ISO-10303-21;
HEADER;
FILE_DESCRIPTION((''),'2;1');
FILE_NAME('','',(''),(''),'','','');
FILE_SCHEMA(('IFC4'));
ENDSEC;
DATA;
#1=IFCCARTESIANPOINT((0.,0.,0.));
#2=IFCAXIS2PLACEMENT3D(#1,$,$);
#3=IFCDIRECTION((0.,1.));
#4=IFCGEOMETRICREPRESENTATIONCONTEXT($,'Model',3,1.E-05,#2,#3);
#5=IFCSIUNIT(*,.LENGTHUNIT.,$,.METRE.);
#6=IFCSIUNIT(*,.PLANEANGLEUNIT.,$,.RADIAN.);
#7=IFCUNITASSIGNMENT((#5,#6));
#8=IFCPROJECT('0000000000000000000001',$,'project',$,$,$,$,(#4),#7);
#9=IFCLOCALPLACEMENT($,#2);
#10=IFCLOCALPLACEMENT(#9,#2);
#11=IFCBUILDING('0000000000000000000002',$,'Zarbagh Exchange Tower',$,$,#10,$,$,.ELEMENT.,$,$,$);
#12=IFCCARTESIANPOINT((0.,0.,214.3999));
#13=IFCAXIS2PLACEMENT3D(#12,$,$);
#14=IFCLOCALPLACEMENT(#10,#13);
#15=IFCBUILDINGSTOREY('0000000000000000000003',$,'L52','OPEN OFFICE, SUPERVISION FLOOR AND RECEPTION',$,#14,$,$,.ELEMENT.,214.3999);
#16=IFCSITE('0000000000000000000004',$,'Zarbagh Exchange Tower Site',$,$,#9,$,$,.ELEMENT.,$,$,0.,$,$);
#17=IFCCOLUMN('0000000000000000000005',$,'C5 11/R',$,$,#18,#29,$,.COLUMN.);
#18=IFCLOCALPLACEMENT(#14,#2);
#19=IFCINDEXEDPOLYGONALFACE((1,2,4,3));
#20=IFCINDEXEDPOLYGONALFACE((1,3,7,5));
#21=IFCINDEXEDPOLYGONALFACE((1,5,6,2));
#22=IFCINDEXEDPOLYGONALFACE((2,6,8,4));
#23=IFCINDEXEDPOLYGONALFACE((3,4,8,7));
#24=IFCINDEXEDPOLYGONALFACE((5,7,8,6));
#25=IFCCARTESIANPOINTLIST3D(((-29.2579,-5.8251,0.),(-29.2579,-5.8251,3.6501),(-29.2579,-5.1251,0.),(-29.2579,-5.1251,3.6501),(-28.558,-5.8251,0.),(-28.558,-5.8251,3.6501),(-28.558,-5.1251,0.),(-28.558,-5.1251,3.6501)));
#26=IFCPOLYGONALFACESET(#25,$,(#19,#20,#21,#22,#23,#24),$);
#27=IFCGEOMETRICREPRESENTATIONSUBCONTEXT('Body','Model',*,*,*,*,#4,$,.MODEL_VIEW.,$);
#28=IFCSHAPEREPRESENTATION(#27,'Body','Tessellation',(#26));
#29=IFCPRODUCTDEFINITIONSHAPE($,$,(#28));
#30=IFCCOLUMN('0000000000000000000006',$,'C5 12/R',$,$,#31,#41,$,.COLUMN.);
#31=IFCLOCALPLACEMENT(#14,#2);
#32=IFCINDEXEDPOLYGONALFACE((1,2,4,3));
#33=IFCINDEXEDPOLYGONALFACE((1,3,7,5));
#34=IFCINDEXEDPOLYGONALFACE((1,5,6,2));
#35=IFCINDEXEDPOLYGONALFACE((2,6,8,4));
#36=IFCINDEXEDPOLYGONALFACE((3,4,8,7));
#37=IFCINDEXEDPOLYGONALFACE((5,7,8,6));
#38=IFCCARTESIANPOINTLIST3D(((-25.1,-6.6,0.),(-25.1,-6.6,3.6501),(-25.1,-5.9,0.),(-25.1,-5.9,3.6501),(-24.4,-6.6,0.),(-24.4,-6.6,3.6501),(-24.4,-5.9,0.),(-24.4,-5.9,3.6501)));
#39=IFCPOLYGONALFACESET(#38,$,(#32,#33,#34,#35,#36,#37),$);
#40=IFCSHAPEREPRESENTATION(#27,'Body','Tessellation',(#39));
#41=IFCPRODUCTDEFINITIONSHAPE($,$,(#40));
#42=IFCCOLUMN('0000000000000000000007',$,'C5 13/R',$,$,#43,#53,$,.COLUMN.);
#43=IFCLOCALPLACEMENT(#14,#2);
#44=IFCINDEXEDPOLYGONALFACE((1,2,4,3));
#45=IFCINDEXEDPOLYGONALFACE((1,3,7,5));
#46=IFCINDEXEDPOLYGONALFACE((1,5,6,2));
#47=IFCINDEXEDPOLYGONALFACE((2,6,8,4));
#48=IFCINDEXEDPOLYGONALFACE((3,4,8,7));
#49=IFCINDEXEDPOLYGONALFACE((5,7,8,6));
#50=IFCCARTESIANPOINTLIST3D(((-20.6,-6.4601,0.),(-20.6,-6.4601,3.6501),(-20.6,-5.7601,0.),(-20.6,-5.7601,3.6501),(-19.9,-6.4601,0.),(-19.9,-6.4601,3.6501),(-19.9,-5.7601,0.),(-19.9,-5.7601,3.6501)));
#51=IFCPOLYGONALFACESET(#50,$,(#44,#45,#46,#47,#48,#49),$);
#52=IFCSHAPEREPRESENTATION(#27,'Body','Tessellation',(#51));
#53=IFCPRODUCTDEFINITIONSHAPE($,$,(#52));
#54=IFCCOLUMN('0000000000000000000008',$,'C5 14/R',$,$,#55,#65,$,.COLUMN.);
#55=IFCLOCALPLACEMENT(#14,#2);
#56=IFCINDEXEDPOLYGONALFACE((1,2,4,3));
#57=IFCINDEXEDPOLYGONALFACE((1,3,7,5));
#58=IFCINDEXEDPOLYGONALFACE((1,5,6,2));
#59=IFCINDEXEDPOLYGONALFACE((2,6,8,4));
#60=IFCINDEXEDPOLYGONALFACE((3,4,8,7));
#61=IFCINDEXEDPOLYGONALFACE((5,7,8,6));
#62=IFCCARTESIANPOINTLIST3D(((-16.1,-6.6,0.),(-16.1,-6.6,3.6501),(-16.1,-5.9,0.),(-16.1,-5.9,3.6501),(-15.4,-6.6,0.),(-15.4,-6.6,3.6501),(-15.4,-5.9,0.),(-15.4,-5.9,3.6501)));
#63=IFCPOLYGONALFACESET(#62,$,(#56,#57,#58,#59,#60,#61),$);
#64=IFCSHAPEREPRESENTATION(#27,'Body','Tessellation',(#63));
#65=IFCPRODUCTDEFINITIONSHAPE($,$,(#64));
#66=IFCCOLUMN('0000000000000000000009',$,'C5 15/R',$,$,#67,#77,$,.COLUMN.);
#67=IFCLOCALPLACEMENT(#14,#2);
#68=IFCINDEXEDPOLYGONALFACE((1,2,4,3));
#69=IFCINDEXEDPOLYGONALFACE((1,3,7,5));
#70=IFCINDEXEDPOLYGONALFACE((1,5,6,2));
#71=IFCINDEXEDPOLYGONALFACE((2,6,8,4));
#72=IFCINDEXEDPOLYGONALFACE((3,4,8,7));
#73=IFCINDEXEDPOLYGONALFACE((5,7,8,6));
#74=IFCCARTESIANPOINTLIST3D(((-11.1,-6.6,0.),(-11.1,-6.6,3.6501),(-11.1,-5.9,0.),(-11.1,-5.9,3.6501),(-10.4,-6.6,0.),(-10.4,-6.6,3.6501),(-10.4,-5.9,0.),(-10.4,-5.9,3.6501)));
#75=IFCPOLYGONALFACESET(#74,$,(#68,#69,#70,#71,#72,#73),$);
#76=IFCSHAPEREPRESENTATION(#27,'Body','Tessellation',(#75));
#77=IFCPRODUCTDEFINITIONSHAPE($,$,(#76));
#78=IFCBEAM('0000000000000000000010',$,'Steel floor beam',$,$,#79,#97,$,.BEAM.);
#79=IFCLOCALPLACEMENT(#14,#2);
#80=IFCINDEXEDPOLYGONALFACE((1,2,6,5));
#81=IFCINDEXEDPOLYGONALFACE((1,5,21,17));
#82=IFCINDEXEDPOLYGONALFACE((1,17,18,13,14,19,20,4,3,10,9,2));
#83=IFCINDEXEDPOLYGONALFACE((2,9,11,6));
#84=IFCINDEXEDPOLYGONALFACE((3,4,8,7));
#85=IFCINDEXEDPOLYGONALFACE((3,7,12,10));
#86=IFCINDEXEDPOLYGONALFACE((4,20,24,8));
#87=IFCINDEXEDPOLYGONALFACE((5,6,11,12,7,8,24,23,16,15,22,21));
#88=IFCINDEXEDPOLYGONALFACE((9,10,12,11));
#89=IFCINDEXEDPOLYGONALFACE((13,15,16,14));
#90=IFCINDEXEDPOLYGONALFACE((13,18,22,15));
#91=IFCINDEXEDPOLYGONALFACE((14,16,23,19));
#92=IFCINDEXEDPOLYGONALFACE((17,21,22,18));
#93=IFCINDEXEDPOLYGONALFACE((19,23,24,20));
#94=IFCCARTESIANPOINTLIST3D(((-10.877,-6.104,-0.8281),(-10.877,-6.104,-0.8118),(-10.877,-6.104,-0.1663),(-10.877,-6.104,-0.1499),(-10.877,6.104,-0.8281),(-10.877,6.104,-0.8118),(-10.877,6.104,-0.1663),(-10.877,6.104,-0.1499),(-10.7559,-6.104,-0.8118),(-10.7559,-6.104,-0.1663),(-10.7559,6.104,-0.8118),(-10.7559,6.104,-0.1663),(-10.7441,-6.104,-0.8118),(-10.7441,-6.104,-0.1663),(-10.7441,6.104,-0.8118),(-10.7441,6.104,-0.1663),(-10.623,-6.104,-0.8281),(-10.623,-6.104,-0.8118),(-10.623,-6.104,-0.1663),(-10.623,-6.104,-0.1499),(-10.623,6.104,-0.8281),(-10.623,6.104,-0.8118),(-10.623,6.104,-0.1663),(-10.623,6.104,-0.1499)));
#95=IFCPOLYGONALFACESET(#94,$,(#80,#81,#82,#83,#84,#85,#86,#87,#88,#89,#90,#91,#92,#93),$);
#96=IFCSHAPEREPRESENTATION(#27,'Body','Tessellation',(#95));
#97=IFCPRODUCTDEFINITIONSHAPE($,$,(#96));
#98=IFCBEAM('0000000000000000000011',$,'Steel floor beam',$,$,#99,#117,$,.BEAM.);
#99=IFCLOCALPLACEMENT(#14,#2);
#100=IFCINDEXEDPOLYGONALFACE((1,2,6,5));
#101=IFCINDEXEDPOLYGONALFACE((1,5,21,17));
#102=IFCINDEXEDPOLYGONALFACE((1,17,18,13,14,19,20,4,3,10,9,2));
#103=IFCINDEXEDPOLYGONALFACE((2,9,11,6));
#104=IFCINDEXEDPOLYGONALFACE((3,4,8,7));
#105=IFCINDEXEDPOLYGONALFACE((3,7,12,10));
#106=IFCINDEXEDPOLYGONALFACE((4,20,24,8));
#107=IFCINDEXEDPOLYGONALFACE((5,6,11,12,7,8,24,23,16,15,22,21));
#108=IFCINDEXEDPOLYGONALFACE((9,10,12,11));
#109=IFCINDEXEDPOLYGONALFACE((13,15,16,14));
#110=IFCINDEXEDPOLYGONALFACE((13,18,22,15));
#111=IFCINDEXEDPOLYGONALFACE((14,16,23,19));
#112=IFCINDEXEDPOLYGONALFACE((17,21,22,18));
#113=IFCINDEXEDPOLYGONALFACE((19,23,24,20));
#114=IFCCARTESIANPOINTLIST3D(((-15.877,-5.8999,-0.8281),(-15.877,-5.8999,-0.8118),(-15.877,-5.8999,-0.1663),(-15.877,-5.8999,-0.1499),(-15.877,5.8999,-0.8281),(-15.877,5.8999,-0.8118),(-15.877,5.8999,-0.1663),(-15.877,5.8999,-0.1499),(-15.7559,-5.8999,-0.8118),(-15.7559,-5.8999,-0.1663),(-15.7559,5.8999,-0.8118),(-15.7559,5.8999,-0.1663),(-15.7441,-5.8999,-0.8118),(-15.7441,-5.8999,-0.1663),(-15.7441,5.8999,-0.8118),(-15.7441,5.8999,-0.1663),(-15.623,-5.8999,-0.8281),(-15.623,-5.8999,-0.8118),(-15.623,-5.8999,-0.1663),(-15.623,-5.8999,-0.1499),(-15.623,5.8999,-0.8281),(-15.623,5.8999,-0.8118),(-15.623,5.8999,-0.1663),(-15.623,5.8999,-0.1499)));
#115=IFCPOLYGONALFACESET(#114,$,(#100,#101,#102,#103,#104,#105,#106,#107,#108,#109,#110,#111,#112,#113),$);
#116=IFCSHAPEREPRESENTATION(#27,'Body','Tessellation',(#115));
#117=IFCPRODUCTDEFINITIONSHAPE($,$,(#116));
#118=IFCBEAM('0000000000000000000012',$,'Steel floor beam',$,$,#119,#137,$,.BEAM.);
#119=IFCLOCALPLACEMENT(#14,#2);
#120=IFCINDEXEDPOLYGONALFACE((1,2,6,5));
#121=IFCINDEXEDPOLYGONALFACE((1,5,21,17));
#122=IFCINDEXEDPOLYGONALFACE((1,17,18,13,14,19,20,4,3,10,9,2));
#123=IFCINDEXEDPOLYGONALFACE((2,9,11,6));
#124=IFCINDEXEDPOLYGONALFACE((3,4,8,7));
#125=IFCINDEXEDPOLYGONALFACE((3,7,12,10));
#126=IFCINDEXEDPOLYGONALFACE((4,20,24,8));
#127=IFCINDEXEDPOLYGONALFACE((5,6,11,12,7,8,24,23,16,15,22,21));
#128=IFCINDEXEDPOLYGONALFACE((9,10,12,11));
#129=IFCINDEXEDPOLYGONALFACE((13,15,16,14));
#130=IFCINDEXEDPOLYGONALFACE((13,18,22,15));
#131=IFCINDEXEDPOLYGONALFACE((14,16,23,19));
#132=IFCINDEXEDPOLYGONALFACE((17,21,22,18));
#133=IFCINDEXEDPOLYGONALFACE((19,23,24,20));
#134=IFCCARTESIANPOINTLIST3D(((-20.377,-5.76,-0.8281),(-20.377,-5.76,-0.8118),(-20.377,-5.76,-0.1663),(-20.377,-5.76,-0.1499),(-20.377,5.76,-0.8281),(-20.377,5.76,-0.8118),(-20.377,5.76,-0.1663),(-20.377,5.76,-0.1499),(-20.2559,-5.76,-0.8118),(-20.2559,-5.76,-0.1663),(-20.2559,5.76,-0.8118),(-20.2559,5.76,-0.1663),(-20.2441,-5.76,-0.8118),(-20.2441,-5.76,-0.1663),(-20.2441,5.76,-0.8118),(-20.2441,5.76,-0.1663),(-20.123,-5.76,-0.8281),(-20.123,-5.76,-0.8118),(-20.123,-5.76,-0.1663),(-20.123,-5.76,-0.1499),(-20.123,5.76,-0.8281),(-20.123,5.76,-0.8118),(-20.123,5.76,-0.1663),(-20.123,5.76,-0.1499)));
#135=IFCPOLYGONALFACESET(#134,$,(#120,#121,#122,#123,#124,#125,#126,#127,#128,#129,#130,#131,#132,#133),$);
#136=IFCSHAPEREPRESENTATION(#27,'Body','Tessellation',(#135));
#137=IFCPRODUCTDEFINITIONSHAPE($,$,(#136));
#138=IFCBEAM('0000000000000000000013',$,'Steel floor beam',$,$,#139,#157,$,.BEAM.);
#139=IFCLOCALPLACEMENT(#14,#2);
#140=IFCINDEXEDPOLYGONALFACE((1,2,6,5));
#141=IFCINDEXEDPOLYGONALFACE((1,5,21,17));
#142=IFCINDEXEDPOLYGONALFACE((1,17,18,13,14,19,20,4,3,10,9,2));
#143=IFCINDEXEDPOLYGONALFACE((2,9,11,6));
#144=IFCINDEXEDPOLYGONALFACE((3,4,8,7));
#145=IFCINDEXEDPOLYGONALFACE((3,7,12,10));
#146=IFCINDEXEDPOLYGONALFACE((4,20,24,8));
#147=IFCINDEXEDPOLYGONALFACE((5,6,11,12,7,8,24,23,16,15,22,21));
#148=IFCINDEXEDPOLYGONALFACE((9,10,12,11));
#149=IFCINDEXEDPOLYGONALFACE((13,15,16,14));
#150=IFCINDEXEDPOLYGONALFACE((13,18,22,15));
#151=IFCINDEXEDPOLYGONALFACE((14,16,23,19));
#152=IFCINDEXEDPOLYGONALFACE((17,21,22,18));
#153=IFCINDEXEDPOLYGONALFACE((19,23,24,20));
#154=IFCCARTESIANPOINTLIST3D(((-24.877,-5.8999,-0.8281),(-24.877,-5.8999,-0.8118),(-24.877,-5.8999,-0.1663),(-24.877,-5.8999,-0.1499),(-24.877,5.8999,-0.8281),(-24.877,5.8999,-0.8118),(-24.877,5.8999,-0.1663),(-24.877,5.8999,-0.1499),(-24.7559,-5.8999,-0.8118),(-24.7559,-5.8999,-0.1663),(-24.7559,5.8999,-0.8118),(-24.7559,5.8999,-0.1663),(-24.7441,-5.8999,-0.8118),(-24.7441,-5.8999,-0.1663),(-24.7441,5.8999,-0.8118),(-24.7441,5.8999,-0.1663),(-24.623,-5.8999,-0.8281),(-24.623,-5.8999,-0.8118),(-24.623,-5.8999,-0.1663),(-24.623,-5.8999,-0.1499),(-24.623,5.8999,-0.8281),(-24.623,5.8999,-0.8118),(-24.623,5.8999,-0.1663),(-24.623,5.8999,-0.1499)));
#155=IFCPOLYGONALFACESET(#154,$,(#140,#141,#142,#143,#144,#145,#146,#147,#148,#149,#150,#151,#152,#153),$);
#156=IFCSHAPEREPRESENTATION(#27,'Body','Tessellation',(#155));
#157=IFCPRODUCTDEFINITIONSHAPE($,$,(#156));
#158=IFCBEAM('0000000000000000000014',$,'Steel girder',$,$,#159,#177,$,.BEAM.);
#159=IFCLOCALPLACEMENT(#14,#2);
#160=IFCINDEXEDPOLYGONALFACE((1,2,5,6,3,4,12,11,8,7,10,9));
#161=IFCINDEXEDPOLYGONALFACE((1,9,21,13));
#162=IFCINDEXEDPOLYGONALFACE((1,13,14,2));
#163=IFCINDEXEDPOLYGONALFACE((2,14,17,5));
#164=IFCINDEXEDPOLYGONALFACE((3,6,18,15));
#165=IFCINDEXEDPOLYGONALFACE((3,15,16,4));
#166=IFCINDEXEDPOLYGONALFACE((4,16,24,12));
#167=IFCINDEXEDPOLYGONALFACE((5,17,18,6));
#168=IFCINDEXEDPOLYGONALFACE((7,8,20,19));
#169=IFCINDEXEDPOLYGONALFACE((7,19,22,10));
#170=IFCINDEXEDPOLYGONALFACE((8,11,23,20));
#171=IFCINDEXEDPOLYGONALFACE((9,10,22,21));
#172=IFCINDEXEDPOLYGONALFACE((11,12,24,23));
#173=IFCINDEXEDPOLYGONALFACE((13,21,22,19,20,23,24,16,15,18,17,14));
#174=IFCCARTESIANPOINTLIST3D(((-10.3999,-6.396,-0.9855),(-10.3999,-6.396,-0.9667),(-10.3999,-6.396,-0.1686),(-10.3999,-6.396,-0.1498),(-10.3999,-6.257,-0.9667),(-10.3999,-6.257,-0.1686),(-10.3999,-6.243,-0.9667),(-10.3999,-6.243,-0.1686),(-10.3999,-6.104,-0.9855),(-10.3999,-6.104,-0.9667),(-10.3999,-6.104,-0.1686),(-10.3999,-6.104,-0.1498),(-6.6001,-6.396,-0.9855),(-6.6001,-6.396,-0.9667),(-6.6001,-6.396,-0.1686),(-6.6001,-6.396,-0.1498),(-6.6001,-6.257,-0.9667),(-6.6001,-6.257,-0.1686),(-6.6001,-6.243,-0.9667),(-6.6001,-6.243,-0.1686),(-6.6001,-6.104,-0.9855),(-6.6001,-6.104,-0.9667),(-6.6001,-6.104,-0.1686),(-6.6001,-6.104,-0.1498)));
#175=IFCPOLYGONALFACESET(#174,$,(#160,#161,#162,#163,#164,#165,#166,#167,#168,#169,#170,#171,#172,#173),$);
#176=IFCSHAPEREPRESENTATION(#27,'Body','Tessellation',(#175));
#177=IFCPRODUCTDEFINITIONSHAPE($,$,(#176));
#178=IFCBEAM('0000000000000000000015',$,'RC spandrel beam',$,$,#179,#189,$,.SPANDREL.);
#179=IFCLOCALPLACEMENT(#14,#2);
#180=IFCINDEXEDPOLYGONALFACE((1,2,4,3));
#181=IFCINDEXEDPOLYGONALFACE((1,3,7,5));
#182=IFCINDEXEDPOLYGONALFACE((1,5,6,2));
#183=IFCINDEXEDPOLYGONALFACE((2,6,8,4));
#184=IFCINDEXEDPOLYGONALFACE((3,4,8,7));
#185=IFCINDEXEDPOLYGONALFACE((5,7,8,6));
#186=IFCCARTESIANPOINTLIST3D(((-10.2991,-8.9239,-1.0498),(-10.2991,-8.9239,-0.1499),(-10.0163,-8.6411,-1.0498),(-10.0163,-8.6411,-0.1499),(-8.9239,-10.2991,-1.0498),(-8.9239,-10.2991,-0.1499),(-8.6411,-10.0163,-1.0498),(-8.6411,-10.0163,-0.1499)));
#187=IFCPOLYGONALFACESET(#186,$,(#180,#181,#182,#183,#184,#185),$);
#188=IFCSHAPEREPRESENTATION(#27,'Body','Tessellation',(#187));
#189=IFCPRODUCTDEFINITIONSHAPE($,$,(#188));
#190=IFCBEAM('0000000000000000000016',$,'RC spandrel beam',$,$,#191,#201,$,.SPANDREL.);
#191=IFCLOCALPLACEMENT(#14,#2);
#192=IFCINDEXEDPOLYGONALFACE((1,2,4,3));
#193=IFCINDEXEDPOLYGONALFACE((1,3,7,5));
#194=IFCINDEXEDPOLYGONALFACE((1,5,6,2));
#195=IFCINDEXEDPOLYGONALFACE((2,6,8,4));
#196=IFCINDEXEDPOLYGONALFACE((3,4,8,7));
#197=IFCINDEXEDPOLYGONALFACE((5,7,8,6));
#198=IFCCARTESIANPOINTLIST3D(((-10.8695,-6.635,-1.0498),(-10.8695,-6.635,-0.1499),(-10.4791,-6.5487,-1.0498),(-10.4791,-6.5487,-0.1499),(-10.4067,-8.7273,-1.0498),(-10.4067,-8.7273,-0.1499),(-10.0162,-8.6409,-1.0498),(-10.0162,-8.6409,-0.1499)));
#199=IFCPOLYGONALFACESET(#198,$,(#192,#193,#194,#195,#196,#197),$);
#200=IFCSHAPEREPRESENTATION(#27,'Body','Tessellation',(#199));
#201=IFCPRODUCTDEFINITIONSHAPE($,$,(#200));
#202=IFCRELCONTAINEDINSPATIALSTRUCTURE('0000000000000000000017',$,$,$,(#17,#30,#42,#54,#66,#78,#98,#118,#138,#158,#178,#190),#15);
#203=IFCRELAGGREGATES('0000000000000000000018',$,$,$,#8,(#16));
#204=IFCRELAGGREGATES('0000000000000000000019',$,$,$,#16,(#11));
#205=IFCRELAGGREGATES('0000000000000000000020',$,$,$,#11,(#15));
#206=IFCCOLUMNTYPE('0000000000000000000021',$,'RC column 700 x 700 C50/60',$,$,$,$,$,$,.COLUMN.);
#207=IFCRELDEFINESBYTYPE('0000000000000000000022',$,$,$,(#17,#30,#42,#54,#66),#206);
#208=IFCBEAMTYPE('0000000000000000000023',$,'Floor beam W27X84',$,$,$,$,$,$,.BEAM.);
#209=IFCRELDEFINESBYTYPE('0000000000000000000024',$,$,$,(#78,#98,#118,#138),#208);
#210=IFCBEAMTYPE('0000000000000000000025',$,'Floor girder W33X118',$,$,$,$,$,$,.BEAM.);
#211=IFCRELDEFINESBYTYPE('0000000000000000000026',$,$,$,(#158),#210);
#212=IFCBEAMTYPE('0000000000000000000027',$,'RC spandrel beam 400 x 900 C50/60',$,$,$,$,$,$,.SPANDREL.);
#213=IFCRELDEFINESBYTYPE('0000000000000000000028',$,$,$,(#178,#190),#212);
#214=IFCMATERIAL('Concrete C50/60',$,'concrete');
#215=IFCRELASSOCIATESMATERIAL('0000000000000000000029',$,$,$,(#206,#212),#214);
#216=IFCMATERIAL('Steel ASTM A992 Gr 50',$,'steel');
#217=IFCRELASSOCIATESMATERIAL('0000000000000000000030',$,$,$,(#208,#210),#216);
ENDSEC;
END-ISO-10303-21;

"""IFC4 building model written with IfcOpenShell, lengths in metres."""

from ifc_helpers import new_model, si_unit, direction, frame, origin, origin_2d, place, context, subcontext, project, spatial, rectangle, i_section, extrude, material, material_profile, profile_set, type_object, element, save


model = new_model("IFC4")

# Units and contexts
model_context = context("Model", 3, precision=1e-05, world=origin(), true_north=direction((0.0, 1.0)))
body_context = subcontext(model_context, "Body", "Model", "MODEL_VIEW")
ifc_project = project(units=[si_unit("LENGTHUNIT", "METRE"), si_unit("PLANEANGLEUNIT", "RADIAN")], contexts=[model_context])

# Site, building, storey
site_placement = place(None, origin())
site = spatial("IfcSite", under=ifc_project, at=site_placement, Name="Zarbagh Exchange Tower Site", CompositionType="ELEMENT", RefElevation=0.0)
building_placement = place(site_placement, origin())
building = spatial("IfcBuilding", under=site, at=building_placement, Name="Zarbagh Exchange Tower", CompositionType="ELEMENT")
storey_placement = place(building_placement, frame((0.0, 0.0, 214.3999)))
storey = spatial("IfcBuildingStorey", under=building, at=storey_placement, Name="L52", Description="OPEN OFFICE, SUPERVISION FLOOR AND RECEPTION", CompositionType="ELEMENT", Elevation=214.3999)

# Columns
ifc_material_1 = material(Name="Concrete C50/60", Category="concrete")
ifc_material_profile_1 = material_profile(ifc_material_1, rectangle(XDim=0.7, YDim=0.7, at=origin_2d()), Name="RC column 700 x 700 C50/60")
ifc_profile_set_1 = profile_set([ifc_material_profile_1], Name="Concrete C50/60")
column_type = type_object("IfcColumnType", Name="RC column 700 x 700 C50/60", PredefinedType="COLUMN", material=ifc_profile_set_1)
for number, where, z_axis, x_axis, name in (
    (1, (-28.908, -5.4751, 0.0), (0.0, 0.0, 1.0), (1.0, 0.0, 0.0), "C5 11/R"),
    (2, (-24.75, -6.25, 0.0), (0.0, 0.0, 1.0), (1.0, 0.0, 0.0), "C5 12/R"),
    (3, (-20.25, -6.1101, 0.0), (0.0, 0.0, 1.0), (1.0, 0.0, 0.0), "C5 13/R"),
    (4, (-15.75, -6.25, 0.0), (0.0, 0.0, 1.0), (1.0, 0.0, 0.0), "C5 14/R"),
    (5, (-10.75, -6.25, 0.0), (0.0, 0.0, 1.0), (1.0, 0.0, 0.0), "C5 15/R"),
):
    element("IfcColumn", number, at=place(storey_placement, frame(where, z_axis=z_axis, x_axis=x_axis)), inside=storey, type_object=column_type, Name=name, PredefinedType="COLUMN", context=body_context, shape_type="SweptSolid", body=[
        extrude(rectangle(XDim=0.7, YDim=0.7, at=origin_2d()), origin(), (0.0, 0.0, 1.0), 3.6501),
    ])

# Beams
ifc_material_2 = material(Name="Steel ASTM A992 Gr 50", Category="steel")
ifc_material_profile_2 = material_profile(ifc_material_2, i_section(OverallWidth=0.2539, OverallDepth=0.6782, WebThickness=0.0117, FlangeThickness=0.0164, at=origin_2d()), Name="W27X84")
ifc_profile_set_2 = profile_set([ifc_material_profile_2], Name="Steel ASTM A992 Gr 50")
beam_type_1 = type_object("IfcBeamType", Name="Floor beam W27X84", PredefinedType="BEAM", material=ifc_profile_set_2)
beam_1_placement = place(storey_placement, frame((-10.75, -6.104, -0.489), z_axis=(0.0, 1.0, 0.0), x_axis=(-1.0, 0.0, 0.0)))
element("IfcBeam", 6, at=beam_1_placement, inside=storey, type_object=beam_type_1, Name="Steel floor beam", PredefinedType="BEAM", context=body_context, shape_type="SweptSolid", body=[
    extrude(i_section(OverallWidth=0.2539, OverallDepth=0.6782, WebThickness=0.0117, FlangeThickness=0.0164, at=origin_2d()), origin(), (0.0, 0.0, 1.0), 12.208),
])
beam_2_placement = place(storey_placement, frame((-15.75, -5.8999, -0.489), z_axis=(0.0, 1.0, 0.0), x_axis=(-1.0, 0.0, 0.0)))
element("IfcBeam", 7, at=beam_2_placement, inside=storey, type_object=beam_type_1, Name="Steel floor beam", PredefinedType="BEAM", context=body_context, shape_type="SweptSolid", body=[
    extrude(i_section(OverallWidth=0.2539, OverallDepth=0.6782, WebThickness=0.0117, FlangeThickness=0.0164, at=origin_2d()), origin(), (0.0, 0.0, 1.0), 11.7998),
])
beam_3_placement = place(storey_placement, frame((-20.25, -5.76, -0.489), z_axis=(0.0, 1.0, 0.0), x_axis=(-1.0, 0.0, 0.0)))
element("IfcBeam", 8, at=beam_3_placement, inside=storey, type_object=beam_type_1, Name="Steel floor beam", PredefinedType="BEAM", context=body_context, shape_type="SweptSolid", body=[
    extrude(i_section(OverallWidth=0.2539, OverallDepth=0.6782, WebThickness=0.0117, FlangeThickness=0.0164, at=origin_2d()), origin(), (0.0, 0.0, 1.0), 11.52),
])
beam_4_placement = place(storey_placement, frame((-24.75, -5.8999, -0.489), z_axis=(0.0, 1.0, 0.0), x_axis=(-1.0, 0.0, 0.0)))
element("IfcBeam", 9, at=beam_4_placement, inside=storey, type_object=beam_type_1, Name="Steel floor beam", PredefinedType="BEAM", context=body_context, shape_type="SweptSolid", body=[
    extrude(i_section(OverallWidth=0.2539, OverallDepth=0.6782, WebThickness=0.0117, FlangeThickness=0.0164, at=origin_2d()), origin(), (0.0, 0.0, 1.0), 11.7998),
])
ifc_material_profile_3 = material_profile(ifc_material_2, i_section(OverallWidth=0.292, OverallDepth=0.8357, WebThickness=0.0139, FlangeThickness=0.0188, at=origin_2d()), Name="W33X118")
ifc_profile_set_3 = profile_set([ifc_material_profile_3], Name="Steel ASTM A992 Gr 50")
beam_type_2 = type_object("IfcBeamType", Name="Floor girder W33X118", PredefinedType="BEAM", material=ifc_profile_set_3)
beam_5_placement = place(storey_placement, frame((-10.3999, -6.25, -0.5676), z_axis=(1.0, 0.0, 0.0), x_axis=(0.0, 1.0, 0.0)))
element("IfcBeam", 10, at=beam_5_placement, inside=storey, type_object=beam_type_2, Name="Steel girder", PredefinedType="BEAM", context=body_context, shape_type="SweptSolid", body=[
    extrude(i_section(OverallWidth=0.292, OverallDepth=0.8357, WebThickness=0.0139, FlangeThickness=0.0188, at=origin_2d()), origin(), (0.0, 0.0, 1.0), 3.7998),
])
ifc_material_profile_4 = material_profile(ifc_material_1, rectangle(XDim=0.3999, YDim=0.8999, at=origin_2d()), Name="RC spandrel beam 400 x 900 C50/60")
ifc_profile_set_4 = profile_set([ifc_material_profile_4], Name="Concrete C50/60")
beam_type_3 = type_object("IfcBeamType", Name="RC spandrel beam 400 x 900 C50/60", PredefinedType="SPANDREL", material=ifc_profile_set_4)
beam_6_placement = place(storey_placement, frame((-8.7825, -10.1577, -0.5999), z_axis=(-0.707107, 0.707107, 0.0), x_axis=(-0.707107, -0.707107, 0.0)))
element("IfcBeam", 11, at=beam_6_placement, inside=storey, type_object=beam_type_3, Name="RC spandrel beam", PredefinedType="SPANDREL", context=body_context, shape_type="SweptSolid", body=[
    extrude(rectangle(XDim=0.3999, YDim=0.8999, at=origin_2d()), origin(), (0.0, 0.0, 1.0), 1.9448),
])
beam_7_placement = place(storey_placement, frame((-10.2114, -8.6841, -0.5999), z_axis=(-0.216014, 0.97639, 0.0), x_axis=(-0.97639, -0.216014, 0.0)))
element("IfcBeam", 12, at=beam_7_placement, inside=storey, type_object=beam_type_3, Name="RC spandrel beam", PredefinedType="SPANDREL", context=body_context, shape_type="SweptSolid", body=[
    extrude(rectangle(XDim=0.3999, YDim=0.8999, at=origin_2d()), origin(), (0.0, 0.0, 1.0), 2.1428),
])

save(model, "model.ifc")
